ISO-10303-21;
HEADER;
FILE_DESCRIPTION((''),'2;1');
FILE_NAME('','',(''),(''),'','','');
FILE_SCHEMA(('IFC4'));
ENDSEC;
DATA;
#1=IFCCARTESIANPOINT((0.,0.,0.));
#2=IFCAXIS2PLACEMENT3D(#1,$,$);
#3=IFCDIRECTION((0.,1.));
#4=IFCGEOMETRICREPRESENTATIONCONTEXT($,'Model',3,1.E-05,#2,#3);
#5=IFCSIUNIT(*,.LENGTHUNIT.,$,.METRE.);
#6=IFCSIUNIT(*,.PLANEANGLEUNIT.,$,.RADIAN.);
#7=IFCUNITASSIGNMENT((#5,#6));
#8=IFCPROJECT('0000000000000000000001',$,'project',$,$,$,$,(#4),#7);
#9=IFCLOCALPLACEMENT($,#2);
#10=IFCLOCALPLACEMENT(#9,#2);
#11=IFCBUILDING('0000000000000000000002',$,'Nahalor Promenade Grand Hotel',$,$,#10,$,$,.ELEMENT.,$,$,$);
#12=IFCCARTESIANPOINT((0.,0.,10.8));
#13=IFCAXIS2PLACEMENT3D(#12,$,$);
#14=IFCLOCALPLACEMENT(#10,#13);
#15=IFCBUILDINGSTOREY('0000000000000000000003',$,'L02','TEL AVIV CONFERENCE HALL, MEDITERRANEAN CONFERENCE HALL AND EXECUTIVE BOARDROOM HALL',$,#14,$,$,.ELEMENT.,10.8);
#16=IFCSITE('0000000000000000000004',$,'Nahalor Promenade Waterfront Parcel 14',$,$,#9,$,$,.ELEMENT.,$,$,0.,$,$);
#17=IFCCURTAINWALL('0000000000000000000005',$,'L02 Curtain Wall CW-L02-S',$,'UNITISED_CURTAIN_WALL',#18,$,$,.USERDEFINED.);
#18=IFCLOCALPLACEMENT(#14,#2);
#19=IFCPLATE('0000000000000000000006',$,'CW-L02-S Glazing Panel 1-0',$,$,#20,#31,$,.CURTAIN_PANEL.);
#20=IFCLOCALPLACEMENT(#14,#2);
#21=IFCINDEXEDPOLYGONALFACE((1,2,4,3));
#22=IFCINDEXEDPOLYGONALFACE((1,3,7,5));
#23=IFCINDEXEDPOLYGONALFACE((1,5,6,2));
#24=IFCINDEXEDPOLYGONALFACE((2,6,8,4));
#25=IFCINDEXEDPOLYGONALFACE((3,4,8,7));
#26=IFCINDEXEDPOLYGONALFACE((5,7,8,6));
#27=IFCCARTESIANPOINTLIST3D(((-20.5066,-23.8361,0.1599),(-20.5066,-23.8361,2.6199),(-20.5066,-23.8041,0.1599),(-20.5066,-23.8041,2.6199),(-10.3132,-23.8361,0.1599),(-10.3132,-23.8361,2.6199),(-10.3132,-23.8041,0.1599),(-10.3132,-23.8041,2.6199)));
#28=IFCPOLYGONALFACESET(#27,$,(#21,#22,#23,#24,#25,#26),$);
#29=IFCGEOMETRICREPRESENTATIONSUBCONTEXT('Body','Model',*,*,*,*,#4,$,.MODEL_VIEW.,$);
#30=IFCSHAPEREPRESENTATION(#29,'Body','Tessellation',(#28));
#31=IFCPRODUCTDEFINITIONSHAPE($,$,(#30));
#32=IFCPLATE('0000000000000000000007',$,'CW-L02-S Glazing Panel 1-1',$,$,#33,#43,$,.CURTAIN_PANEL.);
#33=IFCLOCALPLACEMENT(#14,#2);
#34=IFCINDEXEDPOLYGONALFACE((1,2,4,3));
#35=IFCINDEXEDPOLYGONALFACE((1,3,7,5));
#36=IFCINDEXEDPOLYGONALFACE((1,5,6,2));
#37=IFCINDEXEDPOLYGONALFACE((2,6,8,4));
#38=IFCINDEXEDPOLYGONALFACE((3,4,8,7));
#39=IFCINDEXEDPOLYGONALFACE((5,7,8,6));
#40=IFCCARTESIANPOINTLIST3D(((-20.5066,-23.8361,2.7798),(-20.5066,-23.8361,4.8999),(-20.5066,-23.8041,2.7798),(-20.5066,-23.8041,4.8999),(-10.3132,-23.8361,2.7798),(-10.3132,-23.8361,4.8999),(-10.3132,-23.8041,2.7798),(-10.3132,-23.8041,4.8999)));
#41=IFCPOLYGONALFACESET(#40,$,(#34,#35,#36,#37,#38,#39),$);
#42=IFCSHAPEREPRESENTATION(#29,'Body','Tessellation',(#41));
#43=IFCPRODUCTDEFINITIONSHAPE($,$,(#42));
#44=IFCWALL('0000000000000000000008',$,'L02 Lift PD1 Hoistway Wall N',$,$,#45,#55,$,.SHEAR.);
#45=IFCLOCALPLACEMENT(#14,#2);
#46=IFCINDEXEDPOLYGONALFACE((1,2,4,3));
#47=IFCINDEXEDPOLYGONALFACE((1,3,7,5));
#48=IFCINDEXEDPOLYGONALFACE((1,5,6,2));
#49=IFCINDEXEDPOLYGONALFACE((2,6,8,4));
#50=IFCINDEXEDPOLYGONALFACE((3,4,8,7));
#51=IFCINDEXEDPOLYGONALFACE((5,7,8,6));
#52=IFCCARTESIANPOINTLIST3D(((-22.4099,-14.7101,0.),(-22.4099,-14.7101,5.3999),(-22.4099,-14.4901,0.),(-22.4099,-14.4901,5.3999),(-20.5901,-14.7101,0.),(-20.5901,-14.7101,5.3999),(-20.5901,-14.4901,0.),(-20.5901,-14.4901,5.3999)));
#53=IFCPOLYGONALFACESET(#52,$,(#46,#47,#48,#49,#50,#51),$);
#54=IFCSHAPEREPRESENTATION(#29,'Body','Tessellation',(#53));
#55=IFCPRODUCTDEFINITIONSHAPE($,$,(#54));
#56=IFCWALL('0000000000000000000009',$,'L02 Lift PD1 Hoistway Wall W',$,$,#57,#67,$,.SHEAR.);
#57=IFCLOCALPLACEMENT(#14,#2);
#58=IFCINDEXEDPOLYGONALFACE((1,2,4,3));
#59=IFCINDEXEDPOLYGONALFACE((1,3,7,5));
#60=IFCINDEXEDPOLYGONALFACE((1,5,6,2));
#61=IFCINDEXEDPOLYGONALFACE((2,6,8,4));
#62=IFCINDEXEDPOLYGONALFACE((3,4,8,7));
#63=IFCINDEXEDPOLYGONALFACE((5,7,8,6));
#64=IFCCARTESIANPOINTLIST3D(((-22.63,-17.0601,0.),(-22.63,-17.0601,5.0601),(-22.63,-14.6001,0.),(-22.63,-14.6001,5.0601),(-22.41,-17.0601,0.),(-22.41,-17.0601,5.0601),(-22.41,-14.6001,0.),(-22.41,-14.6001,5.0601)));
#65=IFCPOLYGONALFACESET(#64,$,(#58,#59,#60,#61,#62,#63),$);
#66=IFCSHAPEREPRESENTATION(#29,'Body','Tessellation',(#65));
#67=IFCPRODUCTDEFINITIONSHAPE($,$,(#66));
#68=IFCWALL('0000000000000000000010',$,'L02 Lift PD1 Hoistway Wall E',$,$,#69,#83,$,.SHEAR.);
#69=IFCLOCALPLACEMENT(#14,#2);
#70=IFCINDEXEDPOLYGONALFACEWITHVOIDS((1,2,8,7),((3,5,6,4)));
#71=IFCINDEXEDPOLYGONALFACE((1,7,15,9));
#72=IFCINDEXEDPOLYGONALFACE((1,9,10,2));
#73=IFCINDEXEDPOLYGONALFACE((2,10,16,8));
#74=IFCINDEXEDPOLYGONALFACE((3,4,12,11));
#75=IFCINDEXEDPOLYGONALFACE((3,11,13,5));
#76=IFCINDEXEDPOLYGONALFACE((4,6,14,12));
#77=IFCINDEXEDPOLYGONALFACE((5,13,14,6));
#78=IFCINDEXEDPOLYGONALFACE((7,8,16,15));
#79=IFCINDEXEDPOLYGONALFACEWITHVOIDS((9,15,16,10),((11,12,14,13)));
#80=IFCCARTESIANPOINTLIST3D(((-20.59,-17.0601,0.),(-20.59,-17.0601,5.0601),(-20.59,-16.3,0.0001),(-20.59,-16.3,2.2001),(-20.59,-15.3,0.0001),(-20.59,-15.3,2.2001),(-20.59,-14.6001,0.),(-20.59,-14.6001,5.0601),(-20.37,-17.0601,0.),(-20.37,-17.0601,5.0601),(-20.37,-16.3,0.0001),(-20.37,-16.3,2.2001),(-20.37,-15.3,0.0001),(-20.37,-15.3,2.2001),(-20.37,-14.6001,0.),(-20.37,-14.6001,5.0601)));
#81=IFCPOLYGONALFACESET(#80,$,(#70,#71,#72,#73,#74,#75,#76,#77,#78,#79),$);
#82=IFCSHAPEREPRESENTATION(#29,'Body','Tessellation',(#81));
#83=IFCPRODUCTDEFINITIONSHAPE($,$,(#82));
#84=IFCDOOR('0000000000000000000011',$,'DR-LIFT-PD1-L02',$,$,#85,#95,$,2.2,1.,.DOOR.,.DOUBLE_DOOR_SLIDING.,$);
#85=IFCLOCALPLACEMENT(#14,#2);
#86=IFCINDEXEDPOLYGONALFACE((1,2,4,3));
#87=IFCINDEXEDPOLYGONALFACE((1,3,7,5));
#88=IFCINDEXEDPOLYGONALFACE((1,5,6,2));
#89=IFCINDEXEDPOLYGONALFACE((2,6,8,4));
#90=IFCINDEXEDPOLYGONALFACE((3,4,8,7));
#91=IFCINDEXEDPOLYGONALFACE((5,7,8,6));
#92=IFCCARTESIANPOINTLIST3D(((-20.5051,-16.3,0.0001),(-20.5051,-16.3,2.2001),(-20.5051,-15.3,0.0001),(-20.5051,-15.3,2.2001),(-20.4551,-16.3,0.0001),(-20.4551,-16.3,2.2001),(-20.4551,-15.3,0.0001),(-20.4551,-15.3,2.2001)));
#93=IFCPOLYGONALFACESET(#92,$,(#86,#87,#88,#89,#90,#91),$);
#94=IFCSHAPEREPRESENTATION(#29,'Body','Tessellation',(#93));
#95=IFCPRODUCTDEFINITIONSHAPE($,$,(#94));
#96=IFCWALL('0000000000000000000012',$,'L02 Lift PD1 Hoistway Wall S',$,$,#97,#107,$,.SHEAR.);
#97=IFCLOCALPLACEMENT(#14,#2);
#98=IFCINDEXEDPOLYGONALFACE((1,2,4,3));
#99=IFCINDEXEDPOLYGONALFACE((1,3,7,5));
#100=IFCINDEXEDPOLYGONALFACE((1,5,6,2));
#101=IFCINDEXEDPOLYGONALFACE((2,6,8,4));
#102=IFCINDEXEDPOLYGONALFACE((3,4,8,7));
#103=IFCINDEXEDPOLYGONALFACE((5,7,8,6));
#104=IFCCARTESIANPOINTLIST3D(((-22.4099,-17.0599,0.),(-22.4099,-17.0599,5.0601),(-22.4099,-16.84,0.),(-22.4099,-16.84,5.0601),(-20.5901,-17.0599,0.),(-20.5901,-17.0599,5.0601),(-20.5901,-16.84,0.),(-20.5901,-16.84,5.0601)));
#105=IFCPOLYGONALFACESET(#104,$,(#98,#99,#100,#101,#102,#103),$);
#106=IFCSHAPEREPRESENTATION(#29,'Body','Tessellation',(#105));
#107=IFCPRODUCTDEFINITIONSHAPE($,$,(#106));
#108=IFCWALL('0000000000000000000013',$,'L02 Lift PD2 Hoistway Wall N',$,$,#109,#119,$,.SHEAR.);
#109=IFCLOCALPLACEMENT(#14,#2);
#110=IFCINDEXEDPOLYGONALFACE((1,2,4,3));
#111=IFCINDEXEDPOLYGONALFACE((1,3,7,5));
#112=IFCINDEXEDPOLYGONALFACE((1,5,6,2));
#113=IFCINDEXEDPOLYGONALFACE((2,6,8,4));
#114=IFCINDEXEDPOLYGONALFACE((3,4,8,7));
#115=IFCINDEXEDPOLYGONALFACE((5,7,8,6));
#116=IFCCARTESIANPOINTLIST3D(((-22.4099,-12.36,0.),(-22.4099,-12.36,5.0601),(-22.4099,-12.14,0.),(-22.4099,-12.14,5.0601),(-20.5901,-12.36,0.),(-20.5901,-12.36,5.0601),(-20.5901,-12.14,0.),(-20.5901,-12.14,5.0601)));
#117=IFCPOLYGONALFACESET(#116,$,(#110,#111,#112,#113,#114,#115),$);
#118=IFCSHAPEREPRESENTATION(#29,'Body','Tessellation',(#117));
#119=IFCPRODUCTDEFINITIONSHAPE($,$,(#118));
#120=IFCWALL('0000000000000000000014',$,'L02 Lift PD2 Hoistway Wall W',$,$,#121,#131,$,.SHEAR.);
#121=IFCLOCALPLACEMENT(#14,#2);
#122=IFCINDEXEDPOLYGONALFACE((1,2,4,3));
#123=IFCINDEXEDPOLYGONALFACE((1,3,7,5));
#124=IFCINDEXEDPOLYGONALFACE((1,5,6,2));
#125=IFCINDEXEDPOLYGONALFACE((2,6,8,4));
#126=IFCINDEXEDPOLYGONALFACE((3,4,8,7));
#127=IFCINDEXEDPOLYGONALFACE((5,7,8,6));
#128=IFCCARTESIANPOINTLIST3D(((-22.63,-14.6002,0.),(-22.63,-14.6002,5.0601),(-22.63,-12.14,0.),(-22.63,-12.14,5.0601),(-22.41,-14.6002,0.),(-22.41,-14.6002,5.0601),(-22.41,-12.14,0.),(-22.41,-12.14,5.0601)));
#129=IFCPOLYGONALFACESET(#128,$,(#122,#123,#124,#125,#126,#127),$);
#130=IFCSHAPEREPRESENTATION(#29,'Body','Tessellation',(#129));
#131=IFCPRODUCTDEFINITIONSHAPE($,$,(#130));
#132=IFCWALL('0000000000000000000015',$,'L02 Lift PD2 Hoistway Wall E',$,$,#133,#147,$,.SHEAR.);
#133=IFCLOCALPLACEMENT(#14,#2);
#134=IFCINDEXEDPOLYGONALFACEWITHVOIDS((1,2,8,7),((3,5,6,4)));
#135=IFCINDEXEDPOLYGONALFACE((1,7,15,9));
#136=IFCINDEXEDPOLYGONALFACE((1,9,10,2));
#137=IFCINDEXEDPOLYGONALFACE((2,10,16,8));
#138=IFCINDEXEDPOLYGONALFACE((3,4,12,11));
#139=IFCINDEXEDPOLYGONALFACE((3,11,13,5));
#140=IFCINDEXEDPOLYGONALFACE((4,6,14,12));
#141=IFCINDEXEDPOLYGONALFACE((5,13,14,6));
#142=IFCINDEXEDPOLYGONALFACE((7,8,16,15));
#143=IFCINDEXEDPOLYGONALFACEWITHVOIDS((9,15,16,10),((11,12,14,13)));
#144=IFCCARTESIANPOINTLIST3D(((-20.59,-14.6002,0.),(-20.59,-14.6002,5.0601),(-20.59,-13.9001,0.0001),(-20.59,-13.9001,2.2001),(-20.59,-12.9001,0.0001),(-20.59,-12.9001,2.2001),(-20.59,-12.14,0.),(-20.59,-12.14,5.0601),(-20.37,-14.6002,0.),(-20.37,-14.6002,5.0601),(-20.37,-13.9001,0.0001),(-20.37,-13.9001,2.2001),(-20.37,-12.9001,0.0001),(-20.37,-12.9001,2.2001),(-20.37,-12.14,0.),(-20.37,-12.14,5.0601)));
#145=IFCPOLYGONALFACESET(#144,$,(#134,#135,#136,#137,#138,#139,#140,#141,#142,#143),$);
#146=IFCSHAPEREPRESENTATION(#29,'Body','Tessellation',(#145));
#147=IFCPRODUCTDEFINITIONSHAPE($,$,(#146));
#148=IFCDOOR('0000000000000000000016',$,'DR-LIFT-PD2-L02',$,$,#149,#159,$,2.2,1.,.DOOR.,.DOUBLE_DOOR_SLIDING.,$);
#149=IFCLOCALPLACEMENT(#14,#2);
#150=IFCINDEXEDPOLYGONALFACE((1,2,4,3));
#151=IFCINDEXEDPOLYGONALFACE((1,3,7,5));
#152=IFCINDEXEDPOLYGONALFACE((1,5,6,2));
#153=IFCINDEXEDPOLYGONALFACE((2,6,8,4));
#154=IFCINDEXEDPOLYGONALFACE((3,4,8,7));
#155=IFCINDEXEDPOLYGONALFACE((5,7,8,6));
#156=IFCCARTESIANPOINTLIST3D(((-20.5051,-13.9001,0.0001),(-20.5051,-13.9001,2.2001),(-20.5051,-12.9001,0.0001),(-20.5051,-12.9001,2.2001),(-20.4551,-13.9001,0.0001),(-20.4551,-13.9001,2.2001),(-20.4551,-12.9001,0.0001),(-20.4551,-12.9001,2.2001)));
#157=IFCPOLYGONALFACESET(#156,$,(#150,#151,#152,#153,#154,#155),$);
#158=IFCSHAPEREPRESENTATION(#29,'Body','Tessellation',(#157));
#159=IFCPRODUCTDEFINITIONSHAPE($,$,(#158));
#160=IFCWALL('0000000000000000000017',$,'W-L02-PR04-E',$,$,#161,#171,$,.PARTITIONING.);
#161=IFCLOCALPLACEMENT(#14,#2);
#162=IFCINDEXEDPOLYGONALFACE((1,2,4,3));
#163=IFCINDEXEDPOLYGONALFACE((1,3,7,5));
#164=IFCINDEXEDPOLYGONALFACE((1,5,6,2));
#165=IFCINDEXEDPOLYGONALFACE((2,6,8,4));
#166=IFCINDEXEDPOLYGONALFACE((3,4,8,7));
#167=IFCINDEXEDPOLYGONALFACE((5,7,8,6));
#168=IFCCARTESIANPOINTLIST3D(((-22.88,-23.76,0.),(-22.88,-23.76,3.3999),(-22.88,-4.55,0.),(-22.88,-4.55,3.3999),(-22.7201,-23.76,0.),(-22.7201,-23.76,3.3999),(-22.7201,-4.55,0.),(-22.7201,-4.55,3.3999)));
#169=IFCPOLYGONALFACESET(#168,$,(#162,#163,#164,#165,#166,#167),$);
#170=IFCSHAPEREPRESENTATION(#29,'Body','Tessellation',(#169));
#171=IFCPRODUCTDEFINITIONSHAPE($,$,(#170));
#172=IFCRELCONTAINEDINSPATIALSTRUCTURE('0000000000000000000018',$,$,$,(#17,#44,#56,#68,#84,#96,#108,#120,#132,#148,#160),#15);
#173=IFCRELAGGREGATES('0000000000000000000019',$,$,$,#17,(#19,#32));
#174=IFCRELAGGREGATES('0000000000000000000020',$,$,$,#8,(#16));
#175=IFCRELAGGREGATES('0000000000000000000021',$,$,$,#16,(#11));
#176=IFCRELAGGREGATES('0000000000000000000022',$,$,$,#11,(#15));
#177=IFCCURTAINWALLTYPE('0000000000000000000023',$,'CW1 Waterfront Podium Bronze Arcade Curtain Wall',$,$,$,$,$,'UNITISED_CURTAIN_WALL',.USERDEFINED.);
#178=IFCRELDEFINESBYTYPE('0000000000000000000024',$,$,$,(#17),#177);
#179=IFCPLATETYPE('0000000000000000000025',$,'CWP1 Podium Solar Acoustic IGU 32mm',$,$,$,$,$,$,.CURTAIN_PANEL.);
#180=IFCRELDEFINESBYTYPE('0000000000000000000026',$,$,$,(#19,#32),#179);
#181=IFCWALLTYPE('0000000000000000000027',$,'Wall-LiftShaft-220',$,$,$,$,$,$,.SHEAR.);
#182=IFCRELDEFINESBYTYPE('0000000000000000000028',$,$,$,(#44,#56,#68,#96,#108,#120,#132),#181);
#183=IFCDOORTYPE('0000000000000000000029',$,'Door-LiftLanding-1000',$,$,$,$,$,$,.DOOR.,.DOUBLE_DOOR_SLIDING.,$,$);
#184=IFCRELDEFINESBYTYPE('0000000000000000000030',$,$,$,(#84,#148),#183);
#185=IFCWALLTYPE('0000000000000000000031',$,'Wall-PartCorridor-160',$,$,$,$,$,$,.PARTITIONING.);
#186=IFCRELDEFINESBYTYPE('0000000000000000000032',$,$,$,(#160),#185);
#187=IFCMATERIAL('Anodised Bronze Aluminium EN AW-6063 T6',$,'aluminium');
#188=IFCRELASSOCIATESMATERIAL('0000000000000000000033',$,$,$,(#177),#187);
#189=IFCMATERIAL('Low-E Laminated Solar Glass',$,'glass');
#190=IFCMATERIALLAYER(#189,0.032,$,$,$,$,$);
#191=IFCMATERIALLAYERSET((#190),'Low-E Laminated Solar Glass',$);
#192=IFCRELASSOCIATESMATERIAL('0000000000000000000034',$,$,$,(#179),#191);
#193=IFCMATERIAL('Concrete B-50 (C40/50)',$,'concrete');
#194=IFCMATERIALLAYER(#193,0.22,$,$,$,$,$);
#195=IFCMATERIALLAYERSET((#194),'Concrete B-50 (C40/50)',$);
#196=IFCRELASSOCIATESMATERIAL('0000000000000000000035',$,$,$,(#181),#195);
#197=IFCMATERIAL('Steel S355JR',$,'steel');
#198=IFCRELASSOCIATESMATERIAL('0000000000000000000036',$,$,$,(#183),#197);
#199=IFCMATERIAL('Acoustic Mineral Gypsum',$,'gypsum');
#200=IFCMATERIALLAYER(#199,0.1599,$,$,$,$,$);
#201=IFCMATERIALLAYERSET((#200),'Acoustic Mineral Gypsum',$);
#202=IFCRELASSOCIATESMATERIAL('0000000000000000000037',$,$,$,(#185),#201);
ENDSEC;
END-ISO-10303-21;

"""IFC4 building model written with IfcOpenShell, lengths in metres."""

from ifc_helpers import new_model, si_unit, direction, frame, frame_2d, origin, origin_2d, place, context, subcontext, project, spatial, rectangle, extrude, source, transform, mapped, material, layer, layer_set, type_object, element, fill, aggregate, save


model = new_model("IFC4")

# Units and contexts
model_context = context("Model", 3, precision=1e-05, world=origin(), true_north=direction((0.0, 1.0)))
body_context = subcontext(model_context, "Body", "Model", "MODEL_VIEW")
ifc_project = project(units=[si_unit("LENGTHUNIT", "METRE"), si_unit("PLANEANGLEUNIT", "RADIAN")], contexts=[model_context])

# Site, building, storey
site_placement = place(None, origin())
site = spatial("IfcSite", under=ifc_project, at=site_placement, Name="Nahalor Promenade Waterfront Parcel 14", CompositionType="ELEMENT", RefElevation=0.0)
building_placement = place(site_placement, origin())
building = spatial("IfcBuilding", under=site, at=building_placement, Name="Nahalor Promenade Grand Hotel", CompositionType="ELEMENT")
storey_placement = place(building_placement, frame((0.0, 0.0, 10.8)))
storey = spatial("IfcBuildingStorey", under=building, at=storey_placement, Name="L02", Description="TEL AVIV CONFERENCE HALL, MEDITERRANEAN CONFERENCE HALL AND EXECUTIVE BOARDROOM HALL", CompositionType="ELEMENT", Elevation=10.8)

# Shared definitions
ifc_material_1 = material(Name="Steel S355JR", Category="steel")

# Curtain wall, plates
ifc_material_2 = material(Name="Anodised Bronze Aluminium EN AW-6063 T6", Category="aluminium")
curtain_wall_type = type_object("IfcCurtainWallType", Name="CW1 Waterfront Podium Bronze Arcade Curtain Wall", ElementType="UNITISED_CURTAIN_WALL", PredefinedType="USERDEFINED", material=ifc_material_2)
curtain_wall_placement = place(storey_placement, origin())
curtain_wall = element("IfcCurtainWall", 1, at=curtain_wall_placement, inside=storey, type_object=curtain_wall_type, Name="L02 Curtain Wall CW-L02-S", ObjectType="UNITISED_CURTAIN_WALL", PredefinedType="USERDEFINED")
ifc_material_3 = material(Name="Low-E Laminated Solar Glass", Category="glass")
ifc_layer_1 = layer(ifc_material_3, 0.032)
ifc_layer_set_1 = layer_set([ifc_layer_1], Name="Low-E Laminated Solar Glass")
plate_type = type_object("IfcPlateType", Name="CWP1 Podium Solar Acoustic IGU 32mm", PredefinedType="CURTAIN_PANEL", material=ifc_layer_set_1)
shared_shape_1 = source(origin(), body_context, "Body", "SweptSolid", [
    extrude(rectangle(XDim=10.1934, YDim=0.032, at=origin_2d()), origin(), (0.0, 0.0, 1.0), 2.46),
])
plate_1_placement = place(storey_placement, frame((-15.4099, -23.8201, 0.1599), z_axis=(0.0, 0.0, 1.0), x_axis=(1.0, 0.0, 0.0)))
plate_1 = element("IfcPlate", 2, at=plate_1_placement, type_object=plate_type, Name="CW-L02-S Glazing Panel 1-0", PredefinedType="CURTAIN_PANEL", context=body_context, shape_type="MappedRepresentation", body=[
    mapped(shared_shape_1, transform((0.0, 0.0, 0.0), scale=1.0)),
])
shared_shape_2 = source(origin(), body_context, "Body", "SweptSolid", [
    extrude(rectangle(XDim=10.1934, YDim=0.032, at=origin_2d()), origin(), (0.0, 0.0, 1.0), 2.1201),
])
plate_2_placement = place(storey_placement, frame((-15.4099, -23.8201, 2.7798), z_axis=(0.0, 0.0, 1.0), x_axis=(1.0, 0.0, 0.0)))
plate_2 = element("IfcPlate", 3, at=plate_2_placement, type_object=plate_type, Name="CW-L02-S Glazing Panel 1-1", PredefinedType="CURTAIN_PANEL", context=body_context, shape_type="MappedRepresentation", body=[
    mapped(shared_shape_2, transform((0.0, 0.0, 0.0), scale=1.0)),
])
aggregate(curtain_wall, [plate_1, plate_2])

# Walls
ifc_material_4 = material(Name="Concrete B-50 (C40/50)", Category="concrete")
ifc_layer_2 = layer(ifc_material_4, 0.22)
ifc_layer_set_2 = layer_set([ifc_layer_2], Name="Concrete B-50 (C40/50)")
wall_type_1 = type_object("IfcWallType", Name="Wall-LiftShaft-220", PredefinedType="SHEAR", material=ifc_layer_set_2)
shared_shape_3 = source(origin(), body_context, "Body", "SweptSolid", [
    extrude(rectangle(XDim=1.8198, YDim=0.22, at=frame_2d((0.9099, 0.0))), origin(), (0.0, 0.0, 1.0), 5.3999),
])
wall_1_placement = place(storey_placement, frame((-22.4099, -14.6001, 0.0), z_axis=(0.0, 0.0, 1.0), x_axis=(1.0, 0.0, 0.0)))
element("IfcWall", 4, at=wall_1_placement, inside=storey, type_object=wall_type_1, Name="L02 Lift PD1 Hoistway Wall N", PredefinedType="SHEAR", context=body_context, shape_type="MappedRepresentation", body=[
    mapped(shared_shape_3, transform((0.0, 0.0, 0.0), scale=1.0)),
])
shared_shape_4 = source(origin(), body_context, "Body", "SweptSolid", [
    extrude(rectangle(XDim=2.46, YDim=0.22, at=frame_2d((1.23, 0.0))), origin(), (0.0, 0.0, 1.0), 5.0601),
])
wall_2_placement = place(storey_placement, frame((-22.52, -17.0601, 0.0), z_axis=(0.0, 0.0, 1.0), x_axis=(0.0, 1.0, 0.0)))
element("IfcWall", 5, at=wall_2_placement, inside=storey, type_object=wall_type_1, Name="L02 Lift PD1 Hoistway Wall W", PredefinedType="SHEAR", context=body_context, shape_type="MappedRepresentation", body=[
    mapped(shared_shape_4, transform((0.0, 0.0, 0.0), scale=1.0)),
])

# Wall, opening, door
wall_3_placement = place(storey_placement, frame((-20.48, -17.0601, 0.0), z_axis=(0.0, 0.0, 1.0), x_axis=(0.0, 1.0, 0.0)))
wall_3 = element("IfcWall", 6, at=wall_3_placement, inside=storey, type_object=wall_type_1, Name="L02 Lift PD1 Hoistway Wall E", PredefinedType="SHEAR", context=body_context, shape_type="MappedRepresentation", body=[
    mapped(shared_shape_4, transform((0.0, 0.0, 0.0), scale=1.0)),
])
opening_1_placement = place(wall_3_placement, frame((0.76, 0.0, 0.0)))
opening_1 = element("IfcOpeningElement", 7, at=opening_1_placement, cuts=wall_3, PredefinedType="OPENING", context=body_context, shape_type="SweptSolid", body=[
    extrude(rectangle(XDim=1.0, YDim=2.2, at=frame_2d((0.5, 1.1001))), frame((0.0, 0.1199, 0.0), z_axis=(0.0, -1.0, 0.0), x_axis=(1.0, 0.0, 0.0)), (0.0, 0.0, 1.0), 0.24),
])
door_type = type_object("IfcDoorType", Name="Door-LiftLanding-1000", OperationType="DOUBLE_DOOR_SLIDING", PredefinedType="DOOR", material=ifc_material_1)
shared_shape_5 = source(origin(), body_context, "Body", "SweptSolid", [
    extrude(rectangle(XDim=1.0, YDim=2.2, at=frame_2d((0.5, 1.1001))), frame((0.0, 0.0249, 0.0), z_axis=(0.0, -1.0, 0.0), x_axis=(1.0, 0.0, 0.0)), (0.0, 0.0, 1.0), 0.05),
])
door_1_placement = place(opening_1_placement, frame((1.0, 0.0, 0.0), z_axis=(0.0, 0.0, 1.0), x_axis=(-1.0, 0.0, 0.0)))
door_1 = element("IfcDoor", 8, at=door_1_placement, inside=storey, type_object=door_type, Name="DR-LIFT-PD1-L02", OperationType="DOUBLE_DOOR_SLIDING", OverallHeight=2.2, OverallWidth=1.0, PredefinedType="DOOR", context=body_context, shape_type="MappedRepresentation", body=[
    mapped(shared_shape_5, transform((0.0, 0.0, 0.0), scale=1.0)),
])
fill(opening_1, door_1)

# Walls
shared_shape_6 = source(origin(), body_context, "Body", "SweptSolid", [
    extrude(rectangle(XDim=1.8198, YDim=0.22, at=frame_2d((0.9099, 0.0))), origin(), (0.0, 0.0, 1.0), 5.0601),
])
for number, where, z_axis, x_axis, name in (
    (9, (-22.4099, -16.95, 0.0), (0.0, 0.0, 1.0), (1.0, 0.0, 0.0), "L02 Lift PD1 Hoistway Wall S"),
    (10, (-22.4099, -12.25, 0.0), (0.0, 0.0, 1.0), (1.0, 0.0, 0.0), "L02 Lift PD2 Hoistway Wall N"),
):
    element("IfcWall", number, at=place(storey_placement, frame(where, z_axis=z_axis, x_axis=x_axis)), inside=storey, type_object=wall_type_1, Name=name, PredefinedType="SHEAR", context=body_context, shape_type="MappedRepresentation", body=[
        mapped(shared_shape_6, transform((0.0, 0.0, 0.0), scale=1.0)),
    ])
shared_shape_7 = source(origin(), body_context, "Body", "SweptSolid", [
    extrude(rectangle(XDim=2.4602, YDim=0.22, at=frame_2d((1.23, 0.0))), origin(), (0.0, 0.0, 1.0), 5.0601),
])
wall_4_placement = place(storey_placement, frame((-22.52, -14.6001, 0.0), z_axis=(0.0, 0.0, 1.0), x_axis=(0.0, 1.0, 0.0)))
element("IfcWall", 11, at=wall_4_placement, inside=storey, type_object=wall_type_1, Name="L02 Lift PD2 Hoistway Wall W", PredefinedType="SHEAR", context=body_context, shape_type="MappedRepresentation", body=[
    mapped(shared_shape_7, transform((0.0, 0.0, 0.0), scale=1.0)),
])

# Wall, opening, door
wall_5_placement = place(storey_placement, frame((-20.48, -14.6001, 0.0), z_axis=(0.0, 0.0, 1.0), x_axis=(0.0, 1.0, 0.0)))
wall_5 = element("IfcWall", 12, at=wall_5_placement, inside=storey, type_object=wall_type_1, Name="L02 Lift PD2 Hoistway Wall E", PredefinedType="SHEAR", context=body_context, shape_type="MappedRepresentation", body=[
    mapped(shared_shape_7, transform((0.0, 0.0, 0.0), scale=1.0)),
])
opening_2_placement = place(wall_5_placement, frame((0.7, 0.0, 0.0)))
opening_2 = element("IfcOpeningElement", 13, at=opening_2_placement, cuts=wall_5, PredefinedType="OPENING", context=body_context, shape_type="SweptSolid", body=[
    extrude(rectangle(XDim=1.0, YDim=2.2, at=frame_2d((0.5, 1.1001))), frame((0.0, 0.1199, 0.0), z_axis=(0.0, -1.0, 0.0), x_axis=(1.0, 0.0, 0.0)), (0.0, 0.0, 1.0), 0.24),
])
door_2_placement = place(opening_2_placement, frame((1.0, 0.0, 0.0), z_axis=(0.0, 0.0, 1.0), x_axis=(-1.0, 0.0, 0.0)))
door_2 = element("IfcDoor", 14, at=door_2_placement, inside=storey, type_object=door_type, Name="DR-LIFT-PD2-L02", OperationType="DOUBLE_DOOR_SLIDING", OverallHeight=2.2, OverallWidth=1.0, PredefinedType="DOOR", context=body_context, shape_type="MappedRepresentation", body=[
    mapped(shared_shape_5, transform((0.0, 0.0, 0.0), scale=1.0)),
])
fill(opening_2, door_2)

# Wall
ifc_material_5 = material(Name="Acoustic Mineral Gypsum", Category="gypsum")
ifc_layer_3 = layer(ifc_material_5, 0.1599)
ifc_layer_set_3 = layer_set([ifc_layer_3], Name="Acoustic Mineral Gypsum")
wall_type_2 = type_object("IfcWallType", Name="Wall-PartCorridor-160", PredefinedType="PARTITIONING", material=ifc_layer_set_3)
shared_shape_8 = source(origin(), body_context, "Body", "SweptSolid", [
    extrude(rectangle(XDim=19.21, YDim=0.1599, at=frame_2d((9.605, 0.0))), origin(), (0.0, 0.0, 1.0), 3.3999),
])
for number, where, z_axis, x_axis, name in (
    (15, (-22.8, -23.76, 0.0), (0.0, 0.0, 1.0), (0.0, 1.0, 0.0), "W-L02-PR04-E"),
):
    element("IfcWall", number, at=place(storey_placement, frame(where, z_axis=z_axis, x_axis=x_axis)), inside=storey, type_object=wall_type_2, Name=name, PredefinedType="PARTITIONING", context=body_context, shape_type="MappedRepresentation", body=[
        mapped(shared_shape_8, transform((0.0, 0.0, 0.0), scale=1.0)),
    ])

save(model, "model.ifc")
